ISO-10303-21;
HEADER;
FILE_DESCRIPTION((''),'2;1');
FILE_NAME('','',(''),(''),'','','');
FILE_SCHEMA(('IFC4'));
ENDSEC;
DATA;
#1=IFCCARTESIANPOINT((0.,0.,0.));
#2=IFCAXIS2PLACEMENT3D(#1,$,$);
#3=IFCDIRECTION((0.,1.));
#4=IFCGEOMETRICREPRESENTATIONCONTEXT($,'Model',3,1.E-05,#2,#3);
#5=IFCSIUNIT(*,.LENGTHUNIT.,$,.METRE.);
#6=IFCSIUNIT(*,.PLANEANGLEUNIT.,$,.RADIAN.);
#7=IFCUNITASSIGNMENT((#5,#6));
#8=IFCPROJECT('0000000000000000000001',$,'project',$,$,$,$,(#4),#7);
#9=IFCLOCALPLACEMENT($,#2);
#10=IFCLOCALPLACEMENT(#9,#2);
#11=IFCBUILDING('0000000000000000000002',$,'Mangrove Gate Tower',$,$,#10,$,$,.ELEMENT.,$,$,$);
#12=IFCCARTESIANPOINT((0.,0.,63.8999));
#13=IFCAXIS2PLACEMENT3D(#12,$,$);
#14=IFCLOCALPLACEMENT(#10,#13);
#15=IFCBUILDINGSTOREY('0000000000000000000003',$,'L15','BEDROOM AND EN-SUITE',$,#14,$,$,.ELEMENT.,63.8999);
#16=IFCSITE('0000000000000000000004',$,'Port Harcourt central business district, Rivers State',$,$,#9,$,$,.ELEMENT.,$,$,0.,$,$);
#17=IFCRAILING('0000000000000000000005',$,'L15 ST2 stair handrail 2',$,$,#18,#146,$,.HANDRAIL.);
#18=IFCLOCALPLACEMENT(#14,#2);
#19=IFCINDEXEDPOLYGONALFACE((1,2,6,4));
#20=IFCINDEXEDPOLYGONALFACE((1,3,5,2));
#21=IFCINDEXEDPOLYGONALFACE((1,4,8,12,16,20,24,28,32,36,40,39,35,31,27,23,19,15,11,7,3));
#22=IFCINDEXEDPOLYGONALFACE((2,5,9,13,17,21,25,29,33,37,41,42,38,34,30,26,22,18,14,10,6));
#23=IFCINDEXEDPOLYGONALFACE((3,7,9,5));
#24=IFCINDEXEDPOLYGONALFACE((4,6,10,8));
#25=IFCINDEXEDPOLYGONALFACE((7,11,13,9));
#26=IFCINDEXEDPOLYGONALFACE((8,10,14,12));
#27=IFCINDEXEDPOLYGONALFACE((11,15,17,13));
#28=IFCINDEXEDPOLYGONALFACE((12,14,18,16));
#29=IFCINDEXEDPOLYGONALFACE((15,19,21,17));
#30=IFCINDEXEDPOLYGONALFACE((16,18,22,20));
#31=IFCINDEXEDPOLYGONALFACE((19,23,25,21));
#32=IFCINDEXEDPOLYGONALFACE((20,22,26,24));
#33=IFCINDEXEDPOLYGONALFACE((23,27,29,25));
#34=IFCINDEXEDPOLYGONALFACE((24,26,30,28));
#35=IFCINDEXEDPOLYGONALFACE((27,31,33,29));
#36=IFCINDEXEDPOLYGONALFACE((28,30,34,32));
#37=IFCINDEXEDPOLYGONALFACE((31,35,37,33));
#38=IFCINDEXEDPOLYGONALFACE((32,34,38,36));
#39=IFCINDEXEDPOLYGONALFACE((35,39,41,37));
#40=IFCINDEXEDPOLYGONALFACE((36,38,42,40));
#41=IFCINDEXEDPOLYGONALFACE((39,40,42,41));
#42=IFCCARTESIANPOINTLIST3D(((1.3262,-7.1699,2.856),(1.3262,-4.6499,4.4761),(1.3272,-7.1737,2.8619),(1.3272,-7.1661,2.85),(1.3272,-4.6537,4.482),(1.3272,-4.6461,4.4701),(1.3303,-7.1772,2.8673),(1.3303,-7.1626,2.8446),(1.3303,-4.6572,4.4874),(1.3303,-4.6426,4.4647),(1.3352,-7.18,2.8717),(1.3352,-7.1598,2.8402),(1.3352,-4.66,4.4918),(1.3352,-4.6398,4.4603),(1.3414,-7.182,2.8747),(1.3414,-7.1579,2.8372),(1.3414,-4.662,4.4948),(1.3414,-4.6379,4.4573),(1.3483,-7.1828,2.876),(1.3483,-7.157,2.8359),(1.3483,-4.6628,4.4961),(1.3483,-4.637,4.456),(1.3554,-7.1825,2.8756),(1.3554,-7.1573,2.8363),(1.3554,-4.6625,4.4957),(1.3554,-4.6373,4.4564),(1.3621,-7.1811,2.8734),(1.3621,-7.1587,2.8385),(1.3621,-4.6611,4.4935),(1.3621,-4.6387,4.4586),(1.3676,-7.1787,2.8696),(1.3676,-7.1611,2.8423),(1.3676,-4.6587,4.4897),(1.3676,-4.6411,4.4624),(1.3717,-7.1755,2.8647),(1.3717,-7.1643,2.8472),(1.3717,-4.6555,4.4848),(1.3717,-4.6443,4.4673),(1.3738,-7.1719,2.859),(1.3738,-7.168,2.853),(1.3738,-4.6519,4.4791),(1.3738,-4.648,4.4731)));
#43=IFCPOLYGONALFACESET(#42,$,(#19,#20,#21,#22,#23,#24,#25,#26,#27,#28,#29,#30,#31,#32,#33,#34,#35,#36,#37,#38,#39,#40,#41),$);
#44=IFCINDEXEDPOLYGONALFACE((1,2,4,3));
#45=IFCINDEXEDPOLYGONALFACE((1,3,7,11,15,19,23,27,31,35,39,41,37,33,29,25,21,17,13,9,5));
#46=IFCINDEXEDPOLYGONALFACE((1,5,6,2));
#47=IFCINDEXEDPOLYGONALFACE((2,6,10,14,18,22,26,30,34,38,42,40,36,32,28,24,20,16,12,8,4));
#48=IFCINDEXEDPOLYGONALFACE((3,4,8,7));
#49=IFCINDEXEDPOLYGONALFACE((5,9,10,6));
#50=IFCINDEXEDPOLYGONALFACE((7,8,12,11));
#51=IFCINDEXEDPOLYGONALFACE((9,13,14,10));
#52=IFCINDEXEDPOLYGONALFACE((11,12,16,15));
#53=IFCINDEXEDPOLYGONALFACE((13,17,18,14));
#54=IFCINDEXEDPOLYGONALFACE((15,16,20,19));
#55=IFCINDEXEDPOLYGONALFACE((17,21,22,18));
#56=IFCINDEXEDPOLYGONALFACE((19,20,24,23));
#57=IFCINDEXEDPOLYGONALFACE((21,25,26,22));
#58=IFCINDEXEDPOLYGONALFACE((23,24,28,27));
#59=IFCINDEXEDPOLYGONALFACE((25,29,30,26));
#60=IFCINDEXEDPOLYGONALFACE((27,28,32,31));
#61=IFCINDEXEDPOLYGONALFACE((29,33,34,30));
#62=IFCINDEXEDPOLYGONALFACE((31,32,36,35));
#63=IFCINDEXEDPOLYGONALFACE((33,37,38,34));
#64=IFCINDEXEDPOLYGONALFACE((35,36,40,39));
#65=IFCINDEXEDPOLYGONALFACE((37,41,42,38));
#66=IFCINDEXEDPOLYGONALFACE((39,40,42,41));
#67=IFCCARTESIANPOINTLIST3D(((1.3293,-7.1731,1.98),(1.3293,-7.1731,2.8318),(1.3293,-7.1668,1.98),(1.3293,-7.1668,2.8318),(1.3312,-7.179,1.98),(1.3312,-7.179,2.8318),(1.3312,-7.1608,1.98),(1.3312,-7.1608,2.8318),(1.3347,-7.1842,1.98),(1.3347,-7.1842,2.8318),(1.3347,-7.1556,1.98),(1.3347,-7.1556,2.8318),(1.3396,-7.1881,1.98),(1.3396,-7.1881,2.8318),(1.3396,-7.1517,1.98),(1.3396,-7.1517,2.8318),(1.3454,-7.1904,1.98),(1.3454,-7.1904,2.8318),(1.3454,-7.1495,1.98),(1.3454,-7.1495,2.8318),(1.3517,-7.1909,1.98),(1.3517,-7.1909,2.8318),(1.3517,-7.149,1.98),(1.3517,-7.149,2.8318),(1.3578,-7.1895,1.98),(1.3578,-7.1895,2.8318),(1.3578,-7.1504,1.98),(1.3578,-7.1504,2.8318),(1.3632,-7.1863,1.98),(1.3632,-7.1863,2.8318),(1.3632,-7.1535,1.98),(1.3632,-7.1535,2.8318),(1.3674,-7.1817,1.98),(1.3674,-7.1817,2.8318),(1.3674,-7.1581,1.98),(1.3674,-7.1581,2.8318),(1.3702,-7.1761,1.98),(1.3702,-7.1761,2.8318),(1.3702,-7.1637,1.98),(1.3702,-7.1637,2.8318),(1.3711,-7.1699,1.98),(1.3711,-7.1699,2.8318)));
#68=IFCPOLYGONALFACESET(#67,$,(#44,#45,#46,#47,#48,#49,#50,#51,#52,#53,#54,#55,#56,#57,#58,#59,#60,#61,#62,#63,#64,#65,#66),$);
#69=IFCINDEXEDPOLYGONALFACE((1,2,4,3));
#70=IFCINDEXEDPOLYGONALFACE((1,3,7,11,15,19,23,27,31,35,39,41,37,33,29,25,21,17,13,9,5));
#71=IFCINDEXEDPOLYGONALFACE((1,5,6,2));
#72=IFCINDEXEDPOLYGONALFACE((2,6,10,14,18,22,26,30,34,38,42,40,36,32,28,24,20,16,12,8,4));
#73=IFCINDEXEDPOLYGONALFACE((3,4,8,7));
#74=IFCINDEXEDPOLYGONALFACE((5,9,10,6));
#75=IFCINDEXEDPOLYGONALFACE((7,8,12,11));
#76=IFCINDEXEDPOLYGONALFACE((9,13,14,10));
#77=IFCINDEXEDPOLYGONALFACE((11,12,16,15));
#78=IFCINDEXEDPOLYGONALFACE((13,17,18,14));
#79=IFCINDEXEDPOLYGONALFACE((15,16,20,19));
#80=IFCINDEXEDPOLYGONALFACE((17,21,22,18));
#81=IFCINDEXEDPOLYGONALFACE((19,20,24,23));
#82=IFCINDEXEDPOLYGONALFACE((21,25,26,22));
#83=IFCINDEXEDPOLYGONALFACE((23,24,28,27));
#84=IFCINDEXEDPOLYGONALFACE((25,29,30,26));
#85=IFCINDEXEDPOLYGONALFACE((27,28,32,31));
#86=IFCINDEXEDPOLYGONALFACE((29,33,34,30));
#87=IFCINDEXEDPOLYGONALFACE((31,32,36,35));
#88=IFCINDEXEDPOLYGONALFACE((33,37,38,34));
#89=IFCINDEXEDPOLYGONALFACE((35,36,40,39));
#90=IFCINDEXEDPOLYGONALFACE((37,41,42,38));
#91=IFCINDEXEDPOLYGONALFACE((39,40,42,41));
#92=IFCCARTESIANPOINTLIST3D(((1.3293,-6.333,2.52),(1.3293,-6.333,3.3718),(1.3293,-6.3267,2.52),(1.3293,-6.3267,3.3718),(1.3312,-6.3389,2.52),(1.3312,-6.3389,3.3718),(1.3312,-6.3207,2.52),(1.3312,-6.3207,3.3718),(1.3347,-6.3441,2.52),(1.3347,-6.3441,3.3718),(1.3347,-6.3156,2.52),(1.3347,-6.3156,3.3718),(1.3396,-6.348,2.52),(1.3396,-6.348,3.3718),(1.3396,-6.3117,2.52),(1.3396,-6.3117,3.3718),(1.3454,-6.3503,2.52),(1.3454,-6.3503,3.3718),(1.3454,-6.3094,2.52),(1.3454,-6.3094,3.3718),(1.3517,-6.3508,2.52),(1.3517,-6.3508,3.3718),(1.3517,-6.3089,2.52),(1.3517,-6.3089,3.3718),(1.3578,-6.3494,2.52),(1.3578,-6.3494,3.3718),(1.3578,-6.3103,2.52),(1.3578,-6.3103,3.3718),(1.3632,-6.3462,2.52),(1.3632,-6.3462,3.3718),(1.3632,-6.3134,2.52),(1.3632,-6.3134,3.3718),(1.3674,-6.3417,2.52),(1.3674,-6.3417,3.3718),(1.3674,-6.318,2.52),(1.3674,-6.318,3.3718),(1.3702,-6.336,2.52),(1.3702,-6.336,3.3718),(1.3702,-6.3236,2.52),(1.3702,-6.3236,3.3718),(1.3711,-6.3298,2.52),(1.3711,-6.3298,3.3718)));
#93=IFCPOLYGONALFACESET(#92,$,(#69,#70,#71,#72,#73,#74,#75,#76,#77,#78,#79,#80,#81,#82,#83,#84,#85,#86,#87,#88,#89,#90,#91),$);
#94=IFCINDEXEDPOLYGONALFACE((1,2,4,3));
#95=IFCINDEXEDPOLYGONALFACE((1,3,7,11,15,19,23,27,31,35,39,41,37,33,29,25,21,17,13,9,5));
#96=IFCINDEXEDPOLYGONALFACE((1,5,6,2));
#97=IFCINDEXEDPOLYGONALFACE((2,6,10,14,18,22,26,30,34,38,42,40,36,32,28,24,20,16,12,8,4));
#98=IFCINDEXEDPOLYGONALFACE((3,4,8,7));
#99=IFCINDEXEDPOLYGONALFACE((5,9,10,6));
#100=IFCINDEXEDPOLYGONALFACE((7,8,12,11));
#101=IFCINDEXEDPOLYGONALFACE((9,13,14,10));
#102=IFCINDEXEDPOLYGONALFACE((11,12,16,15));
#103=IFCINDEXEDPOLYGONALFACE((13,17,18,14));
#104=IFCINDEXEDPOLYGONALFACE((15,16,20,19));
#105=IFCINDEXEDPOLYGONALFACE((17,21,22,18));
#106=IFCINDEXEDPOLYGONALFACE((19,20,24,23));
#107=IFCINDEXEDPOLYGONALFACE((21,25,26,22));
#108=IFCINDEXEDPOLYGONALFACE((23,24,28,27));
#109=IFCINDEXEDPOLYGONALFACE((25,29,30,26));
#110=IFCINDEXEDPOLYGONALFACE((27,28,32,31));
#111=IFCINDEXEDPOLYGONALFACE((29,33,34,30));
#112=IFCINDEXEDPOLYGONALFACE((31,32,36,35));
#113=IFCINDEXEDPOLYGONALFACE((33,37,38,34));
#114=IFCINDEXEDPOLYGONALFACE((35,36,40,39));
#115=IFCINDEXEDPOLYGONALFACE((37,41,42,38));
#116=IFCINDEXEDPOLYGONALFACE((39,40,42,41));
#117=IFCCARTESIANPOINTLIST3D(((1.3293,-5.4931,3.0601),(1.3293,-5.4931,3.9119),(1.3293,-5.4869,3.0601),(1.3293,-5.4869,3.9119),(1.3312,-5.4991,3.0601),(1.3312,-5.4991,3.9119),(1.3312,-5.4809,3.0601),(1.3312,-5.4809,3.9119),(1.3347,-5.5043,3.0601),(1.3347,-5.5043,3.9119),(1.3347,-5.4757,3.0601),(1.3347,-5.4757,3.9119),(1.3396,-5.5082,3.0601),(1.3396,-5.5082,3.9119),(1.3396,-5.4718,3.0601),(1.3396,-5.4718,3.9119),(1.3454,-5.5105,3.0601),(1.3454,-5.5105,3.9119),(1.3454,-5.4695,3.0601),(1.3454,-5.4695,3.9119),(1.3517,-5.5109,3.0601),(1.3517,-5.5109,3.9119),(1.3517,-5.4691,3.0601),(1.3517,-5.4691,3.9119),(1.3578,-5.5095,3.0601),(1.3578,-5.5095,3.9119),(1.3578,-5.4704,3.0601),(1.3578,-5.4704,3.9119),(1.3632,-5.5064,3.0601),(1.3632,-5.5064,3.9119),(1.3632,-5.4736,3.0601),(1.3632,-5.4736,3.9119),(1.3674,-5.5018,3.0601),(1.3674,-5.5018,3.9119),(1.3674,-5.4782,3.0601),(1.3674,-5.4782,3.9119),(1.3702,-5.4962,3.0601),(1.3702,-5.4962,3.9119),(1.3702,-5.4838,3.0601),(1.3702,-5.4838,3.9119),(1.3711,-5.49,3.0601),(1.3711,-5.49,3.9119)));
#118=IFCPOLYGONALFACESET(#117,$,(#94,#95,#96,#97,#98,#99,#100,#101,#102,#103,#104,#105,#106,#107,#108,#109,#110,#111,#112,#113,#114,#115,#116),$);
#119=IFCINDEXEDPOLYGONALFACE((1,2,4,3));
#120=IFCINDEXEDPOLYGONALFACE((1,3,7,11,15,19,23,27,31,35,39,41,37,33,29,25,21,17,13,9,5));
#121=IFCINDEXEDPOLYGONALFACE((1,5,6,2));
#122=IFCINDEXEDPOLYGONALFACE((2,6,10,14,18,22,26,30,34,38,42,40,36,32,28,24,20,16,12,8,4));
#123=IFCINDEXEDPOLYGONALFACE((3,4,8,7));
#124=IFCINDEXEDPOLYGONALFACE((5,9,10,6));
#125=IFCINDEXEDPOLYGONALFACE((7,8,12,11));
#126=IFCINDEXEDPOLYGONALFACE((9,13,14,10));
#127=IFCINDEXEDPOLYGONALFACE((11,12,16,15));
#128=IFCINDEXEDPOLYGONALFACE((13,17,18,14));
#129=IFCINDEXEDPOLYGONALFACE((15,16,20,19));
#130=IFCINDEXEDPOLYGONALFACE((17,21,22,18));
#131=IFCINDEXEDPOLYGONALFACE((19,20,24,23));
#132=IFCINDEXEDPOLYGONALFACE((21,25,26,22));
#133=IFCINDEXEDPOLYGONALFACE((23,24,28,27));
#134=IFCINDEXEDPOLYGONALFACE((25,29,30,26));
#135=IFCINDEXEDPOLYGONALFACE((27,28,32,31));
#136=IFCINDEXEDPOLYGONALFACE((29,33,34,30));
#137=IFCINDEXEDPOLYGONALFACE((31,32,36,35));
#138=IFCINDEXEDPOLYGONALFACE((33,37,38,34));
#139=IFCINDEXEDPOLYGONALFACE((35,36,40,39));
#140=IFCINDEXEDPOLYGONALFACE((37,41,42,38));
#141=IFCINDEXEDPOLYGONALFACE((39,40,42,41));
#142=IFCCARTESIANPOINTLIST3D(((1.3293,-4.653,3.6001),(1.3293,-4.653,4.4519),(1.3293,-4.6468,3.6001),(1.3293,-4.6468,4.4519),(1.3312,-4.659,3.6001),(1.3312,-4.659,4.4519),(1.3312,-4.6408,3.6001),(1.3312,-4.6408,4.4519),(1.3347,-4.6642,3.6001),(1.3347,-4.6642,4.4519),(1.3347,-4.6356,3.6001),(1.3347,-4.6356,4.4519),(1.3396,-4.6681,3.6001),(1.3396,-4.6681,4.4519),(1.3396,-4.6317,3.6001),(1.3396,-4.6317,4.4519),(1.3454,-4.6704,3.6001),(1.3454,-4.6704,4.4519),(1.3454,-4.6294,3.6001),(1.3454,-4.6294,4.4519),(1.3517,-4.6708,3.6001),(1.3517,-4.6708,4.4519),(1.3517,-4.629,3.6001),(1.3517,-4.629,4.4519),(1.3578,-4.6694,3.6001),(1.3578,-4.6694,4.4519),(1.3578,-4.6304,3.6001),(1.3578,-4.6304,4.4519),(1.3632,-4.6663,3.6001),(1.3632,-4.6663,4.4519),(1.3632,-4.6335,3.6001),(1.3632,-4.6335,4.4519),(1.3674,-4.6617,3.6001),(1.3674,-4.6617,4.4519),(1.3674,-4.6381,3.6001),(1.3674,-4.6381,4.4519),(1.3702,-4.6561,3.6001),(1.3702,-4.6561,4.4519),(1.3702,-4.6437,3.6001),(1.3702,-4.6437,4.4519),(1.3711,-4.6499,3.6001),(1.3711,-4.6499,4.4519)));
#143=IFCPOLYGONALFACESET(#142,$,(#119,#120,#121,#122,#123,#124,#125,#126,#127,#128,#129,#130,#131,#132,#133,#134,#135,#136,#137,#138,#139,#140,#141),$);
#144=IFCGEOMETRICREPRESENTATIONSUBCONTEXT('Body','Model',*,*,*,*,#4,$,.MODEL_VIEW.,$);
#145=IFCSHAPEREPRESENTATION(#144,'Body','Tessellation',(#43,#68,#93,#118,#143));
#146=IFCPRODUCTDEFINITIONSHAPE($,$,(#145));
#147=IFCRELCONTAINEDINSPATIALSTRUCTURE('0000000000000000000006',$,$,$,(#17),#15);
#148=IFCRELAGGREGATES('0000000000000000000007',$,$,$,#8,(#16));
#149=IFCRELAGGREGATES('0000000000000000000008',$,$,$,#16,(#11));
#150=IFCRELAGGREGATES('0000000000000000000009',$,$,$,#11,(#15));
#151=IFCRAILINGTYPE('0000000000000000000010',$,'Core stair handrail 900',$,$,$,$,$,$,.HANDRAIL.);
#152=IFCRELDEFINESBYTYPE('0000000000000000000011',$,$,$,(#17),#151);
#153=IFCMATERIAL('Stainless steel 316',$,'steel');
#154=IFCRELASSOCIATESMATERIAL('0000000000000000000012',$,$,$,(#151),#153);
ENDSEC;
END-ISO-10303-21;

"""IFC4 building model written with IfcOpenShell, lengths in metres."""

from ifc_helpers import new_model, si_unit, direction, frame, origin, origin_2d, place, context, subcontext, project, spatial, circle, extrude, material, type_object, element, save


model = new_model("IFC4")

# Units and contexts
model_context = context("Model", 3, precision=1e-05, world=origin(), true_north=direction((0.0, 1.0)))
body_context = subcontext(model_context, "Body", "Model", "MODEL_VIEW")
ifc_project = project(units=[si_unit("LENGTHUNIT", "METRE"), si_unit("PLANEANGLEUNIT", "RADIAN")], contexts=[model_context])

# Site, building, storey
site_placement = place(None, origin())
site = spatial("IfcSite", under=ifc_project, at=site_placement, Name="Port Harcourt central business district, Rivers State", CompositionType="ELEMENT", RefElevation=0.0)
building_placement = place(site_placement, origin())
building = spatial("IfcBuilding", under=site, at=building_placement, Name="Mangrove Gate Tower", CompositionType="ELEMENT")
storey_placement = place(building_placement, frame((0.0, 0.0, 63.8999)))
storey = spatial("IfcBuildingStorey", under=building, at=storey_placement, Name="L15", Description="BEDROOM AND EN-SUITE", CompositionType="ELEMENT", Elevation=63.8999)

# Railing
ifc_material_1 = material(Name="Stainless steel 316", Category="steel")
railing_type_1 = type_object("IfcRailingType", Name="Core stair handrail 900", PredefinedType="HANDRAIL", material=ifc_material_1)
railing_1_placement = place(storey_placement, frame((1.3501, -7.1699, 1.98)))
element("IfcRailing", 1, at=railing_1_placement, inside=storey, type_object=railing_type_1, Name="L15 ST2 stair handrail 2", PredefinedType="HANDRAIL", context=body_context, shape_type="SweptSolid", body=[
    extrude(circle(Radius=0.0239, at=origin_2d()), frame((0.0, 0.0, 0.876), z_axis=(0.0, 0.841163, 0.540782), x_axis=(-1.0, 0.0, 0.0)), (0.0, 0.0, 1.0), 2.9958),
    extrude(circle(Radius=0.021, at=origin_2d()), origin(), (0.0, 0.0, 1.0), 0.8518),
    extrude(circle(Radius=0.021, at=origin_2d()), frame((0.0, 0.8401, 0.54)), (0.0, 0.0, 1.0), 0.8518),
    extrude(circle(Radius=0.021, at=origin_2d()), frame((0.0, 1.6799, 1.0801)), (0.0, 0.0, 1.0), 0.8518),
    extrude(circle(Radius=0.021, at=origin_2d()), frame((0.0, 2.52, 1.6201)), (0.0, 0.0, 1.0), 0.8518),
])

save(model, "model.ifc")
